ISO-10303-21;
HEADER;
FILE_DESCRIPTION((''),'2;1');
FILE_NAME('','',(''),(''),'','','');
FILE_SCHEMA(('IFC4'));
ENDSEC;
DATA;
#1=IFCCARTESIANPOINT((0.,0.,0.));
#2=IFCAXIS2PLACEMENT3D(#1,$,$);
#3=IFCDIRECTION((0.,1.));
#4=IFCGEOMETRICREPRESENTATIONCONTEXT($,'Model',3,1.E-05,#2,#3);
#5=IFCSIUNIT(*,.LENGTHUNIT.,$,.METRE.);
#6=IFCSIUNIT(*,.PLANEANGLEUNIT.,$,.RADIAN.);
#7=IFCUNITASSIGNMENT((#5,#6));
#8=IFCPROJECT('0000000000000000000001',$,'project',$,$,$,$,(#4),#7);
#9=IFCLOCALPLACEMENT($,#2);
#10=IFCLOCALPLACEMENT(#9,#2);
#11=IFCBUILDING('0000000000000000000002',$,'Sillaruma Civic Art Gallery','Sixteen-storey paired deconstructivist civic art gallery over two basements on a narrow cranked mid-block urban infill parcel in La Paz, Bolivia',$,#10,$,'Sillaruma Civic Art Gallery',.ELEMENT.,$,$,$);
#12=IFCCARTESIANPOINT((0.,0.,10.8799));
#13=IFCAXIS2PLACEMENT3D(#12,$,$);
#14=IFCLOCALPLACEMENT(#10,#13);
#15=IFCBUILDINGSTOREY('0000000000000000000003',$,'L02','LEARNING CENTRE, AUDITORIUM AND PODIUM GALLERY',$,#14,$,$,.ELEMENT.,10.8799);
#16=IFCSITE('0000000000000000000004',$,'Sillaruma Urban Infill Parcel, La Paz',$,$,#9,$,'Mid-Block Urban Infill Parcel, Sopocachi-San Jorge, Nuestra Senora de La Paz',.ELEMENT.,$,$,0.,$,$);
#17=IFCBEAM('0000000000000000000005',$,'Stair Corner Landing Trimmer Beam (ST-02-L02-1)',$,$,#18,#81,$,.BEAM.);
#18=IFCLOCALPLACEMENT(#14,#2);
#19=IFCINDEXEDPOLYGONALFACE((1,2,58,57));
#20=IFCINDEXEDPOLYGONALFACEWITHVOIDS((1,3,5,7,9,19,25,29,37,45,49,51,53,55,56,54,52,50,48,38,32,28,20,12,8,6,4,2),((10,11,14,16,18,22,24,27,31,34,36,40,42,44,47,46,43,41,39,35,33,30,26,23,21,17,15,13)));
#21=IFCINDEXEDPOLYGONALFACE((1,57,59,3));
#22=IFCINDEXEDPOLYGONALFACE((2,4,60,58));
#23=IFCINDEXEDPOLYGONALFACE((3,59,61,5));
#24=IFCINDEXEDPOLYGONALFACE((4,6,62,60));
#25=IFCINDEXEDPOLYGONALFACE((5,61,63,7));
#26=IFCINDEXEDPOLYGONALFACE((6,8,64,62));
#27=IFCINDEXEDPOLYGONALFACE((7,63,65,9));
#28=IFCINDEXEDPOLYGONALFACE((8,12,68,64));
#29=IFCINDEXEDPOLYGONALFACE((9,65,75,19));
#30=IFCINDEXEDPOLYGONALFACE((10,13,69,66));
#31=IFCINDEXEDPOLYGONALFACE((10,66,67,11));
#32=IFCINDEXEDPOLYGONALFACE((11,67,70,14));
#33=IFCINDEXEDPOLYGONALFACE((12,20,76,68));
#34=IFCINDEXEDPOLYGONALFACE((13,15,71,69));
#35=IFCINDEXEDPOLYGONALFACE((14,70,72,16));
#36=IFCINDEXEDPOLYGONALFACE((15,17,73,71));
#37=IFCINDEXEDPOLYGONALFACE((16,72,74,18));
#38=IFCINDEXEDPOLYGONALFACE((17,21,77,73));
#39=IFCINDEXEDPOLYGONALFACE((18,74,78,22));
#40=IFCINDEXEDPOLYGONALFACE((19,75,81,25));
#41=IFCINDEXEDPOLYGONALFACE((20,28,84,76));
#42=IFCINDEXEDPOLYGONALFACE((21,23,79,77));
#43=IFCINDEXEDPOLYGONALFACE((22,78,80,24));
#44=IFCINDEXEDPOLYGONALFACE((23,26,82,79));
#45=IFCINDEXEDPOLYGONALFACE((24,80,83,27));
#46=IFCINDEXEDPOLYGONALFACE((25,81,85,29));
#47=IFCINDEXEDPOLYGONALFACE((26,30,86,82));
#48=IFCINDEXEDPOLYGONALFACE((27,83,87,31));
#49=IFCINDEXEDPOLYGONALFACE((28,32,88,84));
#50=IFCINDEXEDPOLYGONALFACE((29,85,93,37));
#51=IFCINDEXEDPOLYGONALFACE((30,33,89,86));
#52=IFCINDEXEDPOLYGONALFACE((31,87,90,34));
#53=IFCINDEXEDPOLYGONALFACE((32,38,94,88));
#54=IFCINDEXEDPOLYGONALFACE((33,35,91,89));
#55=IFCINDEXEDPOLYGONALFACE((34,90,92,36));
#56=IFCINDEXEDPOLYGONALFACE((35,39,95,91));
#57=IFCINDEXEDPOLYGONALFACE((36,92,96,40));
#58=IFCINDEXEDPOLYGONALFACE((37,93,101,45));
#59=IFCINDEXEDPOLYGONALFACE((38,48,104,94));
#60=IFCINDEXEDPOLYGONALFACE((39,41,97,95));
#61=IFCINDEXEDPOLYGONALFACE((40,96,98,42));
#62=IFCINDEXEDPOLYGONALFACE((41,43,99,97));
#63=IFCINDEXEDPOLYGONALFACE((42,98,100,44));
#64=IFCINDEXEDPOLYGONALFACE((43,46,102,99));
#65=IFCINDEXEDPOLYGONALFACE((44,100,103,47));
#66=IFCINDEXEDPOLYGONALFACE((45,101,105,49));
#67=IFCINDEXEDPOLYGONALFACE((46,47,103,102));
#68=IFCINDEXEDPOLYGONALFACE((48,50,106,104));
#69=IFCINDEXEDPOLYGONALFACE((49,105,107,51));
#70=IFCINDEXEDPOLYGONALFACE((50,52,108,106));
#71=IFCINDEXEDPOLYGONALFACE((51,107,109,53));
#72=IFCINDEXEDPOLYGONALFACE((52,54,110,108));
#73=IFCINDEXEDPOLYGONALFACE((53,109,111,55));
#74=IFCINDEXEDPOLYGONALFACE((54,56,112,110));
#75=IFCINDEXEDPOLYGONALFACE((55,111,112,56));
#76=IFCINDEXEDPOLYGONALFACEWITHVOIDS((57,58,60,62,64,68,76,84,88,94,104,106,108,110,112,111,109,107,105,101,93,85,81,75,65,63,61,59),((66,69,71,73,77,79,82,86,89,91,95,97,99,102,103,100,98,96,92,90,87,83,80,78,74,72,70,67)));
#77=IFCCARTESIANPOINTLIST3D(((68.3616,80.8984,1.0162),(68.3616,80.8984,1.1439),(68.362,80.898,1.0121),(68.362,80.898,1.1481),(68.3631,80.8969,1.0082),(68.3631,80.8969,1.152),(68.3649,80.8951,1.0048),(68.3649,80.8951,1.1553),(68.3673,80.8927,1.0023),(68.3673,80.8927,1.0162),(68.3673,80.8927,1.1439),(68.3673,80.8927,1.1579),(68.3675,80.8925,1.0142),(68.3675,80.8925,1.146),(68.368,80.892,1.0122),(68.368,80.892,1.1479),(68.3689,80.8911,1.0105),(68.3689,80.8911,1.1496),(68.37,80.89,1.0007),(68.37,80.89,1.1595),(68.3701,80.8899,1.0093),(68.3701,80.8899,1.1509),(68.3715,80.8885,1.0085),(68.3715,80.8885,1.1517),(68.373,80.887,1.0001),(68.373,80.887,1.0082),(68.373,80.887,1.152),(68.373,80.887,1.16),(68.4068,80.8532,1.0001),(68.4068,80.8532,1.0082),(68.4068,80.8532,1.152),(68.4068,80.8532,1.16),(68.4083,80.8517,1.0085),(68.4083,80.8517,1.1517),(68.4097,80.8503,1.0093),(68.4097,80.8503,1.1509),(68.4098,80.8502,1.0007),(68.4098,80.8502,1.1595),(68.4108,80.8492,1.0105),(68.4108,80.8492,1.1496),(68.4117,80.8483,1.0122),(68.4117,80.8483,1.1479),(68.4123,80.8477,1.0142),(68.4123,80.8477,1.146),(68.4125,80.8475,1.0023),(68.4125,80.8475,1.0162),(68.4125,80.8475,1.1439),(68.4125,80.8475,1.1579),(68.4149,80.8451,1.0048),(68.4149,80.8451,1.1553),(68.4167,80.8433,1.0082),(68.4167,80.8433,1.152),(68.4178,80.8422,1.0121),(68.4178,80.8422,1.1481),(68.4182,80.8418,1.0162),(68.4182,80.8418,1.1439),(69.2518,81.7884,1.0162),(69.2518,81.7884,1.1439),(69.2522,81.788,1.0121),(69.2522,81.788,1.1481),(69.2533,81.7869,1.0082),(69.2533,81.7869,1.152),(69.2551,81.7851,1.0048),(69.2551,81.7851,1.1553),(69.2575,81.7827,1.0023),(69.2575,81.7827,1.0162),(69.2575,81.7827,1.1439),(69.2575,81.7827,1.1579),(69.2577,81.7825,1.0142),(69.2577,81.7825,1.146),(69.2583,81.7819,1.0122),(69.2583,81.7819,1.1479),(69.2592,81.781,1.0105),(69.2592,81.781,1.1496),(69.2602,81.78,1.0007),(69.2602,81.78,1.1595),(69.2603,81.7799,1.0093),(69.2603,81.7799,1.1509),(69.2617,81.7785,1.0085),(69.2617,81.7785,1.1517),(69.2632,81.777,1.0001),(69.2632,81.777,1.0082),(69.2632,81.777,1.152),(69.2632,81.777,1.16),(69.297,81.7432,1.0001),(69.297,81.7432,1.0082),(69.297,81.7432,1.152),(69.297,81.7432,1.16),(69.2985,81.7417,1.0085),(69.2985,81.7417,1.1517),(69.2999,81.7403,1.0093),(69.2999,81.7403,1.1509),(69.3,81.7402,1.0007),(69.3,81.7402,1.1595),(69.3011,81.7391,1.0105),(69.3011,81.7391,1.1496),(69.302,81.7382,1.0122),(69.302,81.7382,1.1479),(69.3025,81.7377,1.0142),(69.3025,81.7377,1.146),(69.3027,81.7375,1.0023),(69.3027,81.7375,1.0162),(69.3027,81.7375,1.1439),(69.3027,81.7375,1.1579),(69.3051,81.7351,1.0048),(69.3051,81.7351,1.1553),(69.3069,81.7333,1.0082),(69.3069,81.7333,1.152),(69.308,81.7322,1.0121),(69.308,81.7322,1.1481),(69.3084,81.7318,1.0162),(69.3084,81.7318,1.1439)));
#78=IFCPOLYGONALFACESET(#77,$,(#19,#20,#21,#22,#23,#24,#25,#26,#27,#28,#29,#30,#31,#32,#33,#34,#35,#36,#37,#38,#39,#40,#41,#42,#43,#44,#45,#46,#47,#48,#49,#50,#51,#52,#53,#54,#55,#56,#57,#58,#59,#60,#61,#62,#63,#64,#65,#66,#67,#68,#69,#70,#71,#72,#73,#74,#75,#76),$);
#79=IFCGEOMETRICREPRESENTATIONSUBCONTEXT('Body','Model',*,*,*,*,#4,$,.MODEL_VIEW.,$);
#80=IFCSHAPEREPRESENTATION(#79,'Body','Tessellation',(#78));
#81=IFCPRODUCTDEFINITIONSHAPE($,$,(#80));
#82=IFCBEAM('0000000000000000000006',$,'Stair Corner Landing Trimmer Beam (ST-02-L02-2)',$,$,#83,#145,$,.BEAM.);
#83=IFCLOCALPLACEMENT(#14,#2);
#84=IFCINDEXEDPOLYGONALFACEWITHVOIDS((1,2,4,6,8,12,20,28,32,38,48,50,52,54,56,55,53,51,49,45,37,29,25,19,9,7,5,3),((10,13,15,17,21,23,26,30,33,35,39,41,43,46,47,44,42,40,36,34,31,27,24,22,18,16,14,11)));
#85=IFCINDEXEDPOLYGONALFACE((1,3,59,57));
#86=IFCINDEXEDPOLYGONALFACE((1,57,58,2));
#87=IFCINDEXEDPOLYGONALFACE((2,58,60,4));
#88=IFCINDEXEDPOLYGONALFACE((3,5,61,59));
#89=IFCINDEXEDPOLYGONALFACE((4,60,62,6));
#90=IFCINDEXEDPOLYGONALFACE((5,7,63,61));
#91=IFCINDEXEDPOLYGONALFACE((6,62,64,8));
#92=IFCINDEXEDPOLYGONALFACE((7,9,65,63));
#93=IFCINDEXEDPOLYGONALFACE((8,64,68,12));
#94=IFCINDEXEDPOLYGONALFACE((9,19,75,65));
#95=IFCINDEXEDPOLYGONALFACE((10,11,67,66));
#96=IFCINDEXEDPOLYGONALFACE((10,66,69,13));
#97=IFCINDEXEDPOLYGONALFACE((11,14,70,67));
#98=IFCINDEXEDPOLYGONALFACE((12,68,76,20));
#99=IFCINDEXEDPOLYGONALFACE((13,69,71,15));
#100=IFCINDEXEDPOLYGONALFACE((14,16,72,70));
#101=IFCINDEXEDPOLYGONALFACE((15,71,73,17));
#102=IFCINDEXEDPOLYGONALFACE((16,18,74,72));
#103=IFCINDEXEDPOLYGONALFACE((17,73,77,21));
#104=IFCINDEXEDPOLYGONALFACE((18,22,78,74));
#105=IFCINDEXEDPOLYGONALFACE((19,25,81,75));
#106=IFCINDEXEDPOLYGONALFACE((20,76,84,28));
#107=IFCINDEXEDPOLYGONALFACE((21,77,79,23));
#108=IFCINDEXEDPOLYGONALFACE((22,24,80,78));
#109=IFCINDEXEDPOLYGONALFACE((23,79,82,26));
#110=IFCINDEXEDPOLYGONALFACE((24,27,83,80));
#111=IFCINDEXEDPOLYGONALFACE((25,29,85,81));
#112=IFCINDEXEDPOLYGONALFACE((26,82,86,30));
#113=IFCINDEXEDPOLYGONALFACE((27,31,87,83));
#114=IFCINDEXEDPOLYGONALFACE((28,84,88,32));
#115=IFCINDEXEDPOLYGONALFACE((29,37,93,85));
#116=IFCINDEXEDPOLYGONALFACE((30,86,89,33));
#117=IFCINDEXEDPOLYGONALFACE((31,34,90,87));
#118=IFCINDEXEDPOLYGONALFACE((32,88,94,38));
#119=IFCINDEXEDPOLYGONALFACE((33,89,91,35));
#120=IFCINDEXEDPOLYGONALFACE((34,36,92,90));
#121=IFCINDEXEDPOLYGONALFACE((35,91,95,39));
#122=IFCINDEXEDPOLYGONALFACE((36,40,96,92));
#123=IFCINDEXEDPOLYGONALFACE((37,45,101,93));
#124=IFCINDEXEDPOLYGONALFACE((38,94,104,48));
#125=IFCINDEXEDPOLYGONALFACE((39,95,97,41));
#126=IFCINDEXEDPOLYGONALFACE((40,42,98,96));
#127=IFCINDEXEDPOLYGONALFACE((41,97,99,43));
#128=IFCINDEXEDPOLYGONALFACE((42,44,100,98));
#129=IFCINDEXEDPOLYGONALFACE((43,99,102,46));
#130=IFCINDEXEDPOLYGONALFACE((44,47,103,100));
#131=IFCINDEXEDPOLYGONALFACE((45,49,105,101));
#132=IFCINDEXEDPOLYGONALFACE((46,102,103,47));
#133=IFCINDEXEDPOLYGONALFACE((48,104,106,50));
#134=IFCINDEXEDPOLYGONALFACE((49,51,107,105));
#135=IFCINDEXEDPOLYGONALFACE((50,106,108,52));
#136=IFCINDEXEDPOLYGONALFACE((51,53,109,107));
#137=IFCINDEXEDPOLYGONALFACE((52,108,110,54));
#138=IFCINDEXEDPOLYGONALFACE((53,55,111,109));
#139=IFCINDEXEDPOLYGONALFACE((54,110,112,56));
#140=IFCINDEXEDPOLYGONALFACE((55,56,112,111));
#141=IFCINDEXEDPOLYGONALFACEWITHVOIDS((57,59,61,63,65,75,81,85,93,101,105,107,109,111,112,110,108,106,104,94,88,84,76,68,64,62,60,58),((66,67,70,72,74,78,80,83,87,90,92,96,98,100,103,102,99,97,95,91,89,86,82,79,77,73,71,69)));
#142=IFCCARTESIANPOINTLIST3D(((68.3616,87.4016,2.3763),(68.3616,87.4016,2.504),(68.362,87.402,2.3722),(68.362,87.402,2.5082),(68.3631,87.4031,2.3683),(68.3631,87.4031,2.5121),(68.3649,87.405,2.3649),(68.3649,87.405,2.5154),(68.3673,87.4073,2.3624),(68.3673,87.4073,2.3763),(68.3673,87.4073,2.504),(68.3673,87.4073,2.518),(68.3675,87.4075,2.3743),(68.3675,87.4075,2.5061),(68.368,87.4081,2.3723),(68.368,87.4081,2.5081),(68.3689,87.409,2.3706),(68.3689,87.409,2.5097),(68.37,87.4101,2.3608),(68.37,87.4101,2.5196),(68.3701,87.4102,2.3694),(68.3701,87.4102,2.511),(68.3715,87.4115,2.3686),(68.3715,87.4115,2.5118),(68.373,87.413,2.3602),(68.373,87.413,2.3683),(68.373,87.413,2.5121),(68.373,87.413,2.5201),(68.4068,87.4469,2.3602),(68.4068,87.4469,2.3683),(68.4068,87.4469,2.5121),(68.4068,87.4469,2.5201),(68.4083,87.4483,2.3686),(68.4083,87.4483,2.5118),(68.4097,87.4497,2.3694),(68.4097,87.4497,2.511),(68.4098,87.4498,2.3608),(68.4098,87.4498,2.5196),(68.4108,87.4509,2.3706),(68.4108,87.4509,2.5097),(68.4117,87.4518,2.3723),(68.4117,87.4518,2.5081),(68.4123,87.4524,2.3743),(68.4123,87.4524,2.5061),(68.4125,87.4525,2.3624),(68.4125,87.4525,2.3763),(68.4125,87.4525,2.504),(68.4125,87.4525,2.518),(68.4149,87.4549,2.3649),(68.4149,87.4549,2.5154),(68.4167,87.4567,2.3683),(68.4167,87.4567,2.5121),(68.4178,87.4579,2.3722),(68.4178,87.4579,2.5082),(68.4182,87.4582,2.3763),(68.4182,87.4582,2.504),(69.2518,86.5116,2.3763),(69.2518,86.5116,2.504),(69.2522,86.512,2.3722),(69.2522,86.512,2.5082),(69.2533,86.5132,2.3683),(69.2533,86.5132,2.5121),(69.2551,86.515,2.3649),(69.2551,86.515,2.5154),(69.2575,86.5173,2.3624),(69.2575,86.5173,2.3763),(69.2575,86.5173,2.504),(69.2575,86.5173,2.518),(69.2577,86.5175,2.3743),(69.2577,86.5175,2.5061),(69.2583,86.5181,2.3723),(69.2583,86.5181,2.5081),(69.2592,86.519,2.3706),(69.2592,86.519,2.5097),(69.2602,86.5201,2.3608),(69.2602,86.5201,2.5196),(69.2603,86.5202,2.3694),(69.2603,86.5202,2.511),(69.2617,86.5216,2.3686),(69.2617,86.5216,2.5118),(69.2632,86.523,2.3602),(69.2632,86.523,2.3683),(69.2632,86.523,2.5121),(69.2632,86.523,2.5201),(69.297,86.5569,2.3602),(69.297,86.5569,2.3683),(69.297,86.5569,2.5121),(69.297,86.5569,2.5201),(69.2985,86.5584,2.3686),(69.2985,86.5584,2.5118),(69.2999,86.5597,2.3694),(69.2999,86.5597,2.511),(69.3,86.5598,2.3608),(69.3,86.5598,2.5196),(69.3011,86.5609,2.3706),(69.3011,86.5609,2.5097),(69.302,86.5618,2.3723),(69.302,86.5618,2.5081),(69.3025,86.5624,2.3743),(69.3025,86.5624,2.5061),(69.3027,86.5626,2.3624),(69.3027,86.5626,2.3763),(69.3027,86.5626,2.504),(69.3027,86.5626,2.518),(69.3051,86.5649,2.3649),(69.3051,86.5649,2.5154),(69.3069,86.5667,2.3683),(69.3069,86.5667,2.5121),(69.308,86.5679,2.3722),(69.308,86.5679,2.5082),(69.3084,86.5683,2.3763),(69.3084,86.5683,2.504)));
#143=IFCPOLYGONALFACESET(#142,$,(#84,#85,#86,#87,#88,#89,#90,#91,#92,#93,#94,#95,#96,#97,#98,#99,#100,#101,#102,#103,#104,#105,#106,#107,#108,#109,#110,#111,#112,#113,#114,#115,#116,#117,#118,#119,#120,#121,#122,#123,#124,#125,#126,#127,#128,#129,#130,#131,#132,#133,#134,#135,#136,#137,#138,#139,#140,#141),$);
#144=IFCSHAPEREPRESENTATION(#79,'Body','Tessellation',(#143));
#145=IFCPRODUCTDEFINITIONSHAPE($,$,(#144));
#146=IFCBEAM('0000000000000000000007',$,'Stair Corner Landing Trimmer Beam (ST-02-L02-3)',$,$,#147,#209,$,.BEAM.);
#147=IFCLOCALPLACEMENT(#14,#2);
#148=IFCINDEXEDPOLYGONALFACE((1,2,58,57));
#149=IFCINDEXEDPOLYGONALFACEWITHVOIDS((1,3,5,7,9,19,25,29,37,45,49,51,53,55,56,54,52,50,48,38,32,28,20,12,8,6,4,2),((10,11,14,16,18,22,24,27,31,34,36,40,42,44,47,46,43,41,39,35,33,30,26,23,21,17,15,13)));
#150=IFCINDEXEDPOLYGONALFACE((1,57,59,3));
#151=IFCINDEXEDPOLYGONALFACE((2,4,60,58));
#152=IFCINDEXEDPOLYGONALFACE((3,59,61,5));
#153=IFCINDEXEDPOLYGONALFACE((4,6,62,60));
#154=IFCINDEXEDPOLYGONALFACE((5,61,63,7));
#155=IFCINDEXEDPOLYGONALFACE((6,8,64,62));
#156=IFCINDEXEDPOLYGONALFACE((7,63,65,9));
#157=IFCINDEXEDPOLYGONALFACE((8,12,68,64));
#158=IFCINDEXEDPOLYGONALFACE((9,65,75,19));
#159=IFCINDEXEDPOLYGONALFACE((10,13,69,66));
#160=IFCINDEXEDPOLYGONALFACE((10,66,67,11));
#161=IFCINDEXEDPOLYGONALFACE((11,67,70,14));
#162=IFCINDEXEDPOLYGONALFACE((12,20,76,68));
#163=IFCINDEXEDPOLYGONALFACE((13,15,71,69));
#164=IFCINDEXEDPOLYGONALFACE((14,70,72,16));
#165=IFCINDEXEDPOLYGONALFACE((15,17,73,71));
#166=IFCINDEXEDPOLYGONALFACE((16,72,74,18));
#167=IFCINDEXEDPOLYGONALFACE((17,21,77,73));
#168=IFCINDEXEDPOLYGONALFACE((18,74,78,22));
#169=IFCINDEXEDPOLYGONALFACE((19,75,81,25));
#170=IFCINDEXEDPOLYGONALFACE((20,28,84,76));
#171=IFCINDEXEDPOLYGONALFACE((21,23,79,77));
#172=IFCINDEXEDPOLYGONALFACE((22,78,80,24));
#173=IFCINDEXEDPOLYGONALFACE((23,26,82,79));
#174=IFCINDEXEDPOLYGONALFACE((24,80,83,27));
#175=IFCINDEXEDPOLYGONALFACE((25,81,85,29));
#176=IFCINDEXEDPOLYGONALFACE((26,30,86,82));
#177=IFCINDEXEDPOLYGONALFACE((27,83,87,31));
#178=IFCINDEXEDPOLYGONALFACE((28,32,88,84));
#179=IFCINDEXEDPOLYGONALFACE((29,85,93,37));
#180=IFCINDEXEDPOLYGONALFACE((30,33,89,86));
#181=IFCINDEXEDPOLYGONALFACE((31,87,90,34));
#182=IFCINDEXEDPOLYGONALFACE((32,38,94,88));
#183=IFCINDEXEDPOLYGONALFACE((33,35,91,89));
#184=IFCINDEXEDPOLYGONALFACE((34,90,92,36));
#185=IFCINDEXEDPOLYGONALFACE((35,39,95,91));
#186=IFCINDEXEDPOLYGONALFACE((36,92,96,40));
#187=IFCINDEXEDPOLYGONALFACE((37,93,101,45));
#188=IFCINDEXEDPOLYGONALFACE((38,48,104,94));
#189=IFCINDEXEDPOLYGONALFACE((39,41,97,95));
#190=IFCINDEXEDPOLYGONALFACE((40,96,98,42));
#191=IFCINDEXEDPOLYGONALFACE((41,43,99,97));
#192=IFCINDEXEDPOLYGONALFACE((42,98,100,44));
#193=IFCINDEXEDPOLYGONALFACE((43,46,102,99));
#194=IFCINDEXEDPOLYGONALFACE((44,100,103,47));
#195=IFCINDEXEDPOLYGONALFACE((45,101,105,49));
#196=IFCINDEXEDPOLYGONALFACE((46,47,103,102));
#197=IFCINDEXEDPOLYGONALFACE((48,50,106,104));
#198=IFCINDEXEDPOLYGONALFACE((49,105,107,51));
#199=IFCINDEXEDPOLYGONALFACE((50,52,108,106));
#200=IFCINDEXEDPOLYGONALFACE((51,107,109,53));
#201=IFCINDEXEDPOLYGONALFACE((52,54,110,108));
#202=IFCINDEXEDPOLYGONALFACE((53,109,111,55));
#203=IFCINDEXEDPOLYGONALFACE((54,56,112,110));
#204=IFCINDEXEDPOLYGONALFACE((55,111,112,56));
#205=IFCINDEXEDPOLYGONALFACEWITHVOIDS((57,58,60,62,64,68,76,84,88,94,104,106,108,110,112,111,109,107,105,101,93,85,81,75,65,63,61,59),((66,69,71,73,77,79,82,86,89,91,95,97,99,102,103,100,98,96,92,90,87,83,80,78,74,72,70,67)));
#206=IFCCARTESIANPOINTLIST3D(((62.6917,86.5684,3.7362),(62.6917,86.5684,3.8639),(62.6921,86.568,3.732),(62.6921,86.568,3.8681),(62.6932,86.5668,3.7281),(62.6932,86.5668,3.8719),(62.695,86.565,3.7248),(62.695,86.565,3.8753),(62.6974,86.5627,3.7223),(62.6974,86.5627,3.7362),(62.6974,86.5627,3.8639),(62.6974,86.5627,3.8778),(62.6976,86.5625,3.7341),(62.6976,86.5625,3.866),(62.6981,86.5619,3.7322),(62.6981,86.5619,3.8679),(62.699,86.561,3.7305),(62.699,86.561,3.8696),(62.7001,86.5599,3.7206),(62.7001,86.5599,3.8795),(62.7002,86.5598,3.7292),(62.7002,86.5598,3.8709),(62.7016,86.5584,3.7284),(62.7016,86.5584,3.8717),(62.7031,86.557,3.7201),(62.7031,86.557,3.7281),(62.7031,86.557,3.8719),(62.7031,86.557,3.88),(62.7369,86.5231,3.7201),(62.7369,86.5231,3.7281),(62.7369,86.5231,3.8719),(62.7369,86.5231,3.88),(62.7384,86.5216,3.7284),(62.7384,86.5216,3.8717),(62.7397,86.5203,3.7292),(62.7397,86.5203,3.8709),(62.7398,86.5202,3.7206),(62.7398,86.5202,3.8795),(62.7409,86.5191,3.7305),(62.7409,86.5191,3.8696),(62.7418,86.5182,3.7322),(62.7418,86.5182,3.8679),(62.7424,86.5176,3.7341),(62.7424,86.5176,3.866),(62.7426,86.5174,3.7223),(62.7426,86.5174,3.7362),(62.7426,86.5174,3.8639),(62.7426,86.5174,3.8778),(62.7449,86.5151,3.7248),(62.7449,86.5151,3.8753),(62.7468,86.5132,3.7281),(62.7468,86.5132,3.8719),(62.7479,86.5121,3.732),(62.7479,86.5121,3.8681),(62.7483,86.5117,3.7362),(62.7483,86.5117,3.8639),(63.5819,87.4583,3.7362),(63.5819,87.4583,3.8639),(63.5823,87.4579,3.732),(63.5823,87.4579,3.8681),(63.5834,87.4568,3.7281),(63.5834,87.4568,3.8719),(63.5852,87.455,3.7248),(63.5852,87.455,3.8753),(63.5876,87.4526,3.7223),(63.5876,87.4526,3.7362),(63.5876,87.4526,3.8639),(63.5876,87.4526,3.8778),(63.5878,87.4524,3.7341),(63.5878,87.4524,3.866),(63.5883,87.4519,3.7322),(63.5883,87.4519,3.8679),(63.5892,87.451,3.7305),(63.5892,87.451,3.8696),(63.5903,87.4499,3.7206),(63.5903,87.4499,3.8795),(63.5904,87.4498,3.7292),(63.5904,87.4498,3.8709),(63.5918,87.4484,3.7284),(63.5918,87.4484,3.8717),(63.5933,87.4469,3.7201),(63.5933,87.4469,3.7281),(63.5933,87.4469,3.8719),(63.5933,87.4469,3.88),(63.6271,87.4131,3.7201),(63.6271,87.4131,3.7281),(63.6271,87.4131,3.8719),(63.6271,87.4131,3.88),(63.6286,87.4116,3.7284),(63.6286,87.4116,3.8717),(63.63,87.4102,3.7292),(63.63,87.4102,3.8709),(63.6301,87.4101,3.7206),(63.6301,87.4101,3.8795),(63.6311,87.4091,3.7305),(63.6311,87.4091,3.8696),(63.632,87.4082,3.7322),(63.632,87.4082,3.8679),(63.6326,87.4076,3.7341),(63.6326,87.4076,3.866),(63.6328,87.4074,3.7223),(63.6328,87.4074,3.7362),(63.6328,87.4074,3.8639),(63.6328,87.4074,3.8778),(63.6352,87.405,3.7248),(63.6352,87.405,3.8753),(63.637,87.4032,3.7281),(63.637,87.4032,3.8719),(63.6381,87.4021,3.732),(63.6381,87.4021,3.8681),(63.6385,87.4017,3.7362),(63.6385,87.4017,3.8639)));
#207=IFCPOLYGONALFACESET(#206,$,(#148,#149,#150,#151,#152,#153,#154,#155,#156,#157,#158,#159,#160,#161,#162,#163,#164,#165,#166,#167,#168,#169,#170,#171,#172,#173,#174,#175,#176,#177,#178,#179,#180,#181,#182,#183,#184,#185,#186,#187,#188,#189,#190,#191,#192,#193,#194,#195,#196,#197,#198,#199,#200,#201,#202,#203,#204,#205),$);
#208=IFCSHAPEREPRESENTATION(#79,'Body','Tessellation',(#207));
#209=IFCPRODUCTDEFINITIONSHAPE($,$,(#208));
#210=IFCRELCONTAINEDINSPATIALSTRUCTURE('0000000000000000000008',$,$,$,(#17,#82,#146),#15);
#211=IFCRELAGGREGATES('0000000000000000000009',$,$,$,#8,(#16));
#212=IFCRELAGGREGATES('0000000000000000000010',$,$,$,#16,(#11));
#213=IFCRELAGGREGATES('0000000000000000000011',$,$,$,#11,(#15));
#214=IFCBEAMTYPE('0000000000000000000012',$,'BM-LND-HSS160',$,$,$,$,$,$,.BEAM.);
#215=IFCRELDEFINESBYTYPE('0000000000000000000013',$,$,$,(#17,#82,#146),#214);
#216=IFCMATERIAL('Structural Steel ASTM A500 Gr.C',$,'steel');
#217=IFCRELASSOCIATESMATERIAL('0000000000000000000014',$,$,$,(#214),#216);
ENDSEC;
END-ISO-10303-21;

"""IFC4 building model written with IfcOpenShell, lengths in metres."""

from ifc_helpers import new_model, si_unit, direction, frame, origin, origin_2d, place, context, subcontext, project, spatial, hollow_rectangle, extrude, material, material_profile, profile_set, type_object, element, save


model = new_model("IFC4")

# Units and contexts
model_context = context("Model", 3, precision=1e-05, world=origin(), true_north=direction((0.0, 1.0)))
body_context = subcontext(model_context, "Body", "Model", "MODEL_VIEW")
ifc_project = project(units=[si_unit("LENGTHUNIT", "METRE"), si_unit("PLANEANGLEUNIT", "RADIAN")], contexts=[model_context])

# Site, building, storey
site_placement = place(None, origin())
site = spatial("IfcSite", under=ifc_project, at=site_placement, Name="Sillaruma Urban Infill Parcel, La Paz", LongName="Mid-Block Urban Infill Parcel, Sopocachi-San Jorge, Nuestra Senora de La Paz", CompositionType="ELEMENT", RefElevation=0.0)
building_placement = place(site_placement, origin())
building = spatial("IfcBuilding", under=site, at=building_placement, Name="Sillaruma Civic Art Gallery", Description="Sixteen-storey paired deconstructivist civic art gallery over two basements on a narrow cranked mid-block urban infill parcel in La Paz, Bolivia", LongName="Sillaruma Civic Art Gallery", CompositionType="ELEMENT")
storey_placement = place(building_placement, frame((0.0, 0.0, 10.8799)))
storey = spatial("IfcBuildingStorey", under=building, at=storey_placement, Name="L02", Description="LEARNING CENTRE, AUDITORIUM AND PODIUM GALLERY", CompositionType="ELEMENT", Elevation=10.8799)

# Beams
ifc_material_1 = material(Name="Structural Steel ASTM A500 Gr.C", Category="steel")
ifc_material_profile_1 = material_profile(ifc_material_1, hollow_rectangle(XDim=0.0801, YDim=0.1599, WallThickness=0.0081, InnerFilletRadius=0.0081, OuterFilletRadius=0.0161, at=origin_2d()), Name="HSS160x80x8")
ifc_profile_set_1 = profile_set([ifc_material_profile_1], Name="Structural Steel ASTM A500 Gr.C")
beam_type_1 = type_object("IfcBeamType", Name="BM-LND-HSS160", PredefinedType="BEAM", material=ifc_profile_set_1)
for number, where, z_axis, x_axis, name in (
    (1, (68.3899, 80.8701, 1.0801), (0.707204, 0.70701, 0.0), (-0.70701, 0.707204, 0.0), "Stair Corner Landing Trimmer Beam (ST-02-L02-1)"),
    (2, (68.3899, 87.4299, 2.4402), (0.707204, -0.70701, 0.0), (0.70701, 0.707204, 0.0), "Stair Corner Landing Trimmer Beam (ST-02-L02-2)"),
    (3, (62.72, 86.54, 3.8), (0.707204, 0.70701, 0.0), (-0.70701, 0.707204, 0.0), "Stair Corner Landing Trimmer Beam (ST-02-L02-3)"),
):
    element("IfcBeam", number, at=place(storey_placement, frame(where, z_axis=z_axis, x_axis=x_axis)), inside=storey, type_object=beam_type_1, Name=name, PredefinedType="BEAM", context=body_context, shape_type="SweptSolid", body=[
        extrude(hollow_rectangle(XDim=0.0801, YDim=0.1599, WallThickness=0.0081, InnerFilletRadius=0.0081, OuterFilletRadius=0.0161, at=origin_2d()), origin(), (0.0, 0.0, 1.0), 1.2588),
    ])

save(model, "model.ifc")
